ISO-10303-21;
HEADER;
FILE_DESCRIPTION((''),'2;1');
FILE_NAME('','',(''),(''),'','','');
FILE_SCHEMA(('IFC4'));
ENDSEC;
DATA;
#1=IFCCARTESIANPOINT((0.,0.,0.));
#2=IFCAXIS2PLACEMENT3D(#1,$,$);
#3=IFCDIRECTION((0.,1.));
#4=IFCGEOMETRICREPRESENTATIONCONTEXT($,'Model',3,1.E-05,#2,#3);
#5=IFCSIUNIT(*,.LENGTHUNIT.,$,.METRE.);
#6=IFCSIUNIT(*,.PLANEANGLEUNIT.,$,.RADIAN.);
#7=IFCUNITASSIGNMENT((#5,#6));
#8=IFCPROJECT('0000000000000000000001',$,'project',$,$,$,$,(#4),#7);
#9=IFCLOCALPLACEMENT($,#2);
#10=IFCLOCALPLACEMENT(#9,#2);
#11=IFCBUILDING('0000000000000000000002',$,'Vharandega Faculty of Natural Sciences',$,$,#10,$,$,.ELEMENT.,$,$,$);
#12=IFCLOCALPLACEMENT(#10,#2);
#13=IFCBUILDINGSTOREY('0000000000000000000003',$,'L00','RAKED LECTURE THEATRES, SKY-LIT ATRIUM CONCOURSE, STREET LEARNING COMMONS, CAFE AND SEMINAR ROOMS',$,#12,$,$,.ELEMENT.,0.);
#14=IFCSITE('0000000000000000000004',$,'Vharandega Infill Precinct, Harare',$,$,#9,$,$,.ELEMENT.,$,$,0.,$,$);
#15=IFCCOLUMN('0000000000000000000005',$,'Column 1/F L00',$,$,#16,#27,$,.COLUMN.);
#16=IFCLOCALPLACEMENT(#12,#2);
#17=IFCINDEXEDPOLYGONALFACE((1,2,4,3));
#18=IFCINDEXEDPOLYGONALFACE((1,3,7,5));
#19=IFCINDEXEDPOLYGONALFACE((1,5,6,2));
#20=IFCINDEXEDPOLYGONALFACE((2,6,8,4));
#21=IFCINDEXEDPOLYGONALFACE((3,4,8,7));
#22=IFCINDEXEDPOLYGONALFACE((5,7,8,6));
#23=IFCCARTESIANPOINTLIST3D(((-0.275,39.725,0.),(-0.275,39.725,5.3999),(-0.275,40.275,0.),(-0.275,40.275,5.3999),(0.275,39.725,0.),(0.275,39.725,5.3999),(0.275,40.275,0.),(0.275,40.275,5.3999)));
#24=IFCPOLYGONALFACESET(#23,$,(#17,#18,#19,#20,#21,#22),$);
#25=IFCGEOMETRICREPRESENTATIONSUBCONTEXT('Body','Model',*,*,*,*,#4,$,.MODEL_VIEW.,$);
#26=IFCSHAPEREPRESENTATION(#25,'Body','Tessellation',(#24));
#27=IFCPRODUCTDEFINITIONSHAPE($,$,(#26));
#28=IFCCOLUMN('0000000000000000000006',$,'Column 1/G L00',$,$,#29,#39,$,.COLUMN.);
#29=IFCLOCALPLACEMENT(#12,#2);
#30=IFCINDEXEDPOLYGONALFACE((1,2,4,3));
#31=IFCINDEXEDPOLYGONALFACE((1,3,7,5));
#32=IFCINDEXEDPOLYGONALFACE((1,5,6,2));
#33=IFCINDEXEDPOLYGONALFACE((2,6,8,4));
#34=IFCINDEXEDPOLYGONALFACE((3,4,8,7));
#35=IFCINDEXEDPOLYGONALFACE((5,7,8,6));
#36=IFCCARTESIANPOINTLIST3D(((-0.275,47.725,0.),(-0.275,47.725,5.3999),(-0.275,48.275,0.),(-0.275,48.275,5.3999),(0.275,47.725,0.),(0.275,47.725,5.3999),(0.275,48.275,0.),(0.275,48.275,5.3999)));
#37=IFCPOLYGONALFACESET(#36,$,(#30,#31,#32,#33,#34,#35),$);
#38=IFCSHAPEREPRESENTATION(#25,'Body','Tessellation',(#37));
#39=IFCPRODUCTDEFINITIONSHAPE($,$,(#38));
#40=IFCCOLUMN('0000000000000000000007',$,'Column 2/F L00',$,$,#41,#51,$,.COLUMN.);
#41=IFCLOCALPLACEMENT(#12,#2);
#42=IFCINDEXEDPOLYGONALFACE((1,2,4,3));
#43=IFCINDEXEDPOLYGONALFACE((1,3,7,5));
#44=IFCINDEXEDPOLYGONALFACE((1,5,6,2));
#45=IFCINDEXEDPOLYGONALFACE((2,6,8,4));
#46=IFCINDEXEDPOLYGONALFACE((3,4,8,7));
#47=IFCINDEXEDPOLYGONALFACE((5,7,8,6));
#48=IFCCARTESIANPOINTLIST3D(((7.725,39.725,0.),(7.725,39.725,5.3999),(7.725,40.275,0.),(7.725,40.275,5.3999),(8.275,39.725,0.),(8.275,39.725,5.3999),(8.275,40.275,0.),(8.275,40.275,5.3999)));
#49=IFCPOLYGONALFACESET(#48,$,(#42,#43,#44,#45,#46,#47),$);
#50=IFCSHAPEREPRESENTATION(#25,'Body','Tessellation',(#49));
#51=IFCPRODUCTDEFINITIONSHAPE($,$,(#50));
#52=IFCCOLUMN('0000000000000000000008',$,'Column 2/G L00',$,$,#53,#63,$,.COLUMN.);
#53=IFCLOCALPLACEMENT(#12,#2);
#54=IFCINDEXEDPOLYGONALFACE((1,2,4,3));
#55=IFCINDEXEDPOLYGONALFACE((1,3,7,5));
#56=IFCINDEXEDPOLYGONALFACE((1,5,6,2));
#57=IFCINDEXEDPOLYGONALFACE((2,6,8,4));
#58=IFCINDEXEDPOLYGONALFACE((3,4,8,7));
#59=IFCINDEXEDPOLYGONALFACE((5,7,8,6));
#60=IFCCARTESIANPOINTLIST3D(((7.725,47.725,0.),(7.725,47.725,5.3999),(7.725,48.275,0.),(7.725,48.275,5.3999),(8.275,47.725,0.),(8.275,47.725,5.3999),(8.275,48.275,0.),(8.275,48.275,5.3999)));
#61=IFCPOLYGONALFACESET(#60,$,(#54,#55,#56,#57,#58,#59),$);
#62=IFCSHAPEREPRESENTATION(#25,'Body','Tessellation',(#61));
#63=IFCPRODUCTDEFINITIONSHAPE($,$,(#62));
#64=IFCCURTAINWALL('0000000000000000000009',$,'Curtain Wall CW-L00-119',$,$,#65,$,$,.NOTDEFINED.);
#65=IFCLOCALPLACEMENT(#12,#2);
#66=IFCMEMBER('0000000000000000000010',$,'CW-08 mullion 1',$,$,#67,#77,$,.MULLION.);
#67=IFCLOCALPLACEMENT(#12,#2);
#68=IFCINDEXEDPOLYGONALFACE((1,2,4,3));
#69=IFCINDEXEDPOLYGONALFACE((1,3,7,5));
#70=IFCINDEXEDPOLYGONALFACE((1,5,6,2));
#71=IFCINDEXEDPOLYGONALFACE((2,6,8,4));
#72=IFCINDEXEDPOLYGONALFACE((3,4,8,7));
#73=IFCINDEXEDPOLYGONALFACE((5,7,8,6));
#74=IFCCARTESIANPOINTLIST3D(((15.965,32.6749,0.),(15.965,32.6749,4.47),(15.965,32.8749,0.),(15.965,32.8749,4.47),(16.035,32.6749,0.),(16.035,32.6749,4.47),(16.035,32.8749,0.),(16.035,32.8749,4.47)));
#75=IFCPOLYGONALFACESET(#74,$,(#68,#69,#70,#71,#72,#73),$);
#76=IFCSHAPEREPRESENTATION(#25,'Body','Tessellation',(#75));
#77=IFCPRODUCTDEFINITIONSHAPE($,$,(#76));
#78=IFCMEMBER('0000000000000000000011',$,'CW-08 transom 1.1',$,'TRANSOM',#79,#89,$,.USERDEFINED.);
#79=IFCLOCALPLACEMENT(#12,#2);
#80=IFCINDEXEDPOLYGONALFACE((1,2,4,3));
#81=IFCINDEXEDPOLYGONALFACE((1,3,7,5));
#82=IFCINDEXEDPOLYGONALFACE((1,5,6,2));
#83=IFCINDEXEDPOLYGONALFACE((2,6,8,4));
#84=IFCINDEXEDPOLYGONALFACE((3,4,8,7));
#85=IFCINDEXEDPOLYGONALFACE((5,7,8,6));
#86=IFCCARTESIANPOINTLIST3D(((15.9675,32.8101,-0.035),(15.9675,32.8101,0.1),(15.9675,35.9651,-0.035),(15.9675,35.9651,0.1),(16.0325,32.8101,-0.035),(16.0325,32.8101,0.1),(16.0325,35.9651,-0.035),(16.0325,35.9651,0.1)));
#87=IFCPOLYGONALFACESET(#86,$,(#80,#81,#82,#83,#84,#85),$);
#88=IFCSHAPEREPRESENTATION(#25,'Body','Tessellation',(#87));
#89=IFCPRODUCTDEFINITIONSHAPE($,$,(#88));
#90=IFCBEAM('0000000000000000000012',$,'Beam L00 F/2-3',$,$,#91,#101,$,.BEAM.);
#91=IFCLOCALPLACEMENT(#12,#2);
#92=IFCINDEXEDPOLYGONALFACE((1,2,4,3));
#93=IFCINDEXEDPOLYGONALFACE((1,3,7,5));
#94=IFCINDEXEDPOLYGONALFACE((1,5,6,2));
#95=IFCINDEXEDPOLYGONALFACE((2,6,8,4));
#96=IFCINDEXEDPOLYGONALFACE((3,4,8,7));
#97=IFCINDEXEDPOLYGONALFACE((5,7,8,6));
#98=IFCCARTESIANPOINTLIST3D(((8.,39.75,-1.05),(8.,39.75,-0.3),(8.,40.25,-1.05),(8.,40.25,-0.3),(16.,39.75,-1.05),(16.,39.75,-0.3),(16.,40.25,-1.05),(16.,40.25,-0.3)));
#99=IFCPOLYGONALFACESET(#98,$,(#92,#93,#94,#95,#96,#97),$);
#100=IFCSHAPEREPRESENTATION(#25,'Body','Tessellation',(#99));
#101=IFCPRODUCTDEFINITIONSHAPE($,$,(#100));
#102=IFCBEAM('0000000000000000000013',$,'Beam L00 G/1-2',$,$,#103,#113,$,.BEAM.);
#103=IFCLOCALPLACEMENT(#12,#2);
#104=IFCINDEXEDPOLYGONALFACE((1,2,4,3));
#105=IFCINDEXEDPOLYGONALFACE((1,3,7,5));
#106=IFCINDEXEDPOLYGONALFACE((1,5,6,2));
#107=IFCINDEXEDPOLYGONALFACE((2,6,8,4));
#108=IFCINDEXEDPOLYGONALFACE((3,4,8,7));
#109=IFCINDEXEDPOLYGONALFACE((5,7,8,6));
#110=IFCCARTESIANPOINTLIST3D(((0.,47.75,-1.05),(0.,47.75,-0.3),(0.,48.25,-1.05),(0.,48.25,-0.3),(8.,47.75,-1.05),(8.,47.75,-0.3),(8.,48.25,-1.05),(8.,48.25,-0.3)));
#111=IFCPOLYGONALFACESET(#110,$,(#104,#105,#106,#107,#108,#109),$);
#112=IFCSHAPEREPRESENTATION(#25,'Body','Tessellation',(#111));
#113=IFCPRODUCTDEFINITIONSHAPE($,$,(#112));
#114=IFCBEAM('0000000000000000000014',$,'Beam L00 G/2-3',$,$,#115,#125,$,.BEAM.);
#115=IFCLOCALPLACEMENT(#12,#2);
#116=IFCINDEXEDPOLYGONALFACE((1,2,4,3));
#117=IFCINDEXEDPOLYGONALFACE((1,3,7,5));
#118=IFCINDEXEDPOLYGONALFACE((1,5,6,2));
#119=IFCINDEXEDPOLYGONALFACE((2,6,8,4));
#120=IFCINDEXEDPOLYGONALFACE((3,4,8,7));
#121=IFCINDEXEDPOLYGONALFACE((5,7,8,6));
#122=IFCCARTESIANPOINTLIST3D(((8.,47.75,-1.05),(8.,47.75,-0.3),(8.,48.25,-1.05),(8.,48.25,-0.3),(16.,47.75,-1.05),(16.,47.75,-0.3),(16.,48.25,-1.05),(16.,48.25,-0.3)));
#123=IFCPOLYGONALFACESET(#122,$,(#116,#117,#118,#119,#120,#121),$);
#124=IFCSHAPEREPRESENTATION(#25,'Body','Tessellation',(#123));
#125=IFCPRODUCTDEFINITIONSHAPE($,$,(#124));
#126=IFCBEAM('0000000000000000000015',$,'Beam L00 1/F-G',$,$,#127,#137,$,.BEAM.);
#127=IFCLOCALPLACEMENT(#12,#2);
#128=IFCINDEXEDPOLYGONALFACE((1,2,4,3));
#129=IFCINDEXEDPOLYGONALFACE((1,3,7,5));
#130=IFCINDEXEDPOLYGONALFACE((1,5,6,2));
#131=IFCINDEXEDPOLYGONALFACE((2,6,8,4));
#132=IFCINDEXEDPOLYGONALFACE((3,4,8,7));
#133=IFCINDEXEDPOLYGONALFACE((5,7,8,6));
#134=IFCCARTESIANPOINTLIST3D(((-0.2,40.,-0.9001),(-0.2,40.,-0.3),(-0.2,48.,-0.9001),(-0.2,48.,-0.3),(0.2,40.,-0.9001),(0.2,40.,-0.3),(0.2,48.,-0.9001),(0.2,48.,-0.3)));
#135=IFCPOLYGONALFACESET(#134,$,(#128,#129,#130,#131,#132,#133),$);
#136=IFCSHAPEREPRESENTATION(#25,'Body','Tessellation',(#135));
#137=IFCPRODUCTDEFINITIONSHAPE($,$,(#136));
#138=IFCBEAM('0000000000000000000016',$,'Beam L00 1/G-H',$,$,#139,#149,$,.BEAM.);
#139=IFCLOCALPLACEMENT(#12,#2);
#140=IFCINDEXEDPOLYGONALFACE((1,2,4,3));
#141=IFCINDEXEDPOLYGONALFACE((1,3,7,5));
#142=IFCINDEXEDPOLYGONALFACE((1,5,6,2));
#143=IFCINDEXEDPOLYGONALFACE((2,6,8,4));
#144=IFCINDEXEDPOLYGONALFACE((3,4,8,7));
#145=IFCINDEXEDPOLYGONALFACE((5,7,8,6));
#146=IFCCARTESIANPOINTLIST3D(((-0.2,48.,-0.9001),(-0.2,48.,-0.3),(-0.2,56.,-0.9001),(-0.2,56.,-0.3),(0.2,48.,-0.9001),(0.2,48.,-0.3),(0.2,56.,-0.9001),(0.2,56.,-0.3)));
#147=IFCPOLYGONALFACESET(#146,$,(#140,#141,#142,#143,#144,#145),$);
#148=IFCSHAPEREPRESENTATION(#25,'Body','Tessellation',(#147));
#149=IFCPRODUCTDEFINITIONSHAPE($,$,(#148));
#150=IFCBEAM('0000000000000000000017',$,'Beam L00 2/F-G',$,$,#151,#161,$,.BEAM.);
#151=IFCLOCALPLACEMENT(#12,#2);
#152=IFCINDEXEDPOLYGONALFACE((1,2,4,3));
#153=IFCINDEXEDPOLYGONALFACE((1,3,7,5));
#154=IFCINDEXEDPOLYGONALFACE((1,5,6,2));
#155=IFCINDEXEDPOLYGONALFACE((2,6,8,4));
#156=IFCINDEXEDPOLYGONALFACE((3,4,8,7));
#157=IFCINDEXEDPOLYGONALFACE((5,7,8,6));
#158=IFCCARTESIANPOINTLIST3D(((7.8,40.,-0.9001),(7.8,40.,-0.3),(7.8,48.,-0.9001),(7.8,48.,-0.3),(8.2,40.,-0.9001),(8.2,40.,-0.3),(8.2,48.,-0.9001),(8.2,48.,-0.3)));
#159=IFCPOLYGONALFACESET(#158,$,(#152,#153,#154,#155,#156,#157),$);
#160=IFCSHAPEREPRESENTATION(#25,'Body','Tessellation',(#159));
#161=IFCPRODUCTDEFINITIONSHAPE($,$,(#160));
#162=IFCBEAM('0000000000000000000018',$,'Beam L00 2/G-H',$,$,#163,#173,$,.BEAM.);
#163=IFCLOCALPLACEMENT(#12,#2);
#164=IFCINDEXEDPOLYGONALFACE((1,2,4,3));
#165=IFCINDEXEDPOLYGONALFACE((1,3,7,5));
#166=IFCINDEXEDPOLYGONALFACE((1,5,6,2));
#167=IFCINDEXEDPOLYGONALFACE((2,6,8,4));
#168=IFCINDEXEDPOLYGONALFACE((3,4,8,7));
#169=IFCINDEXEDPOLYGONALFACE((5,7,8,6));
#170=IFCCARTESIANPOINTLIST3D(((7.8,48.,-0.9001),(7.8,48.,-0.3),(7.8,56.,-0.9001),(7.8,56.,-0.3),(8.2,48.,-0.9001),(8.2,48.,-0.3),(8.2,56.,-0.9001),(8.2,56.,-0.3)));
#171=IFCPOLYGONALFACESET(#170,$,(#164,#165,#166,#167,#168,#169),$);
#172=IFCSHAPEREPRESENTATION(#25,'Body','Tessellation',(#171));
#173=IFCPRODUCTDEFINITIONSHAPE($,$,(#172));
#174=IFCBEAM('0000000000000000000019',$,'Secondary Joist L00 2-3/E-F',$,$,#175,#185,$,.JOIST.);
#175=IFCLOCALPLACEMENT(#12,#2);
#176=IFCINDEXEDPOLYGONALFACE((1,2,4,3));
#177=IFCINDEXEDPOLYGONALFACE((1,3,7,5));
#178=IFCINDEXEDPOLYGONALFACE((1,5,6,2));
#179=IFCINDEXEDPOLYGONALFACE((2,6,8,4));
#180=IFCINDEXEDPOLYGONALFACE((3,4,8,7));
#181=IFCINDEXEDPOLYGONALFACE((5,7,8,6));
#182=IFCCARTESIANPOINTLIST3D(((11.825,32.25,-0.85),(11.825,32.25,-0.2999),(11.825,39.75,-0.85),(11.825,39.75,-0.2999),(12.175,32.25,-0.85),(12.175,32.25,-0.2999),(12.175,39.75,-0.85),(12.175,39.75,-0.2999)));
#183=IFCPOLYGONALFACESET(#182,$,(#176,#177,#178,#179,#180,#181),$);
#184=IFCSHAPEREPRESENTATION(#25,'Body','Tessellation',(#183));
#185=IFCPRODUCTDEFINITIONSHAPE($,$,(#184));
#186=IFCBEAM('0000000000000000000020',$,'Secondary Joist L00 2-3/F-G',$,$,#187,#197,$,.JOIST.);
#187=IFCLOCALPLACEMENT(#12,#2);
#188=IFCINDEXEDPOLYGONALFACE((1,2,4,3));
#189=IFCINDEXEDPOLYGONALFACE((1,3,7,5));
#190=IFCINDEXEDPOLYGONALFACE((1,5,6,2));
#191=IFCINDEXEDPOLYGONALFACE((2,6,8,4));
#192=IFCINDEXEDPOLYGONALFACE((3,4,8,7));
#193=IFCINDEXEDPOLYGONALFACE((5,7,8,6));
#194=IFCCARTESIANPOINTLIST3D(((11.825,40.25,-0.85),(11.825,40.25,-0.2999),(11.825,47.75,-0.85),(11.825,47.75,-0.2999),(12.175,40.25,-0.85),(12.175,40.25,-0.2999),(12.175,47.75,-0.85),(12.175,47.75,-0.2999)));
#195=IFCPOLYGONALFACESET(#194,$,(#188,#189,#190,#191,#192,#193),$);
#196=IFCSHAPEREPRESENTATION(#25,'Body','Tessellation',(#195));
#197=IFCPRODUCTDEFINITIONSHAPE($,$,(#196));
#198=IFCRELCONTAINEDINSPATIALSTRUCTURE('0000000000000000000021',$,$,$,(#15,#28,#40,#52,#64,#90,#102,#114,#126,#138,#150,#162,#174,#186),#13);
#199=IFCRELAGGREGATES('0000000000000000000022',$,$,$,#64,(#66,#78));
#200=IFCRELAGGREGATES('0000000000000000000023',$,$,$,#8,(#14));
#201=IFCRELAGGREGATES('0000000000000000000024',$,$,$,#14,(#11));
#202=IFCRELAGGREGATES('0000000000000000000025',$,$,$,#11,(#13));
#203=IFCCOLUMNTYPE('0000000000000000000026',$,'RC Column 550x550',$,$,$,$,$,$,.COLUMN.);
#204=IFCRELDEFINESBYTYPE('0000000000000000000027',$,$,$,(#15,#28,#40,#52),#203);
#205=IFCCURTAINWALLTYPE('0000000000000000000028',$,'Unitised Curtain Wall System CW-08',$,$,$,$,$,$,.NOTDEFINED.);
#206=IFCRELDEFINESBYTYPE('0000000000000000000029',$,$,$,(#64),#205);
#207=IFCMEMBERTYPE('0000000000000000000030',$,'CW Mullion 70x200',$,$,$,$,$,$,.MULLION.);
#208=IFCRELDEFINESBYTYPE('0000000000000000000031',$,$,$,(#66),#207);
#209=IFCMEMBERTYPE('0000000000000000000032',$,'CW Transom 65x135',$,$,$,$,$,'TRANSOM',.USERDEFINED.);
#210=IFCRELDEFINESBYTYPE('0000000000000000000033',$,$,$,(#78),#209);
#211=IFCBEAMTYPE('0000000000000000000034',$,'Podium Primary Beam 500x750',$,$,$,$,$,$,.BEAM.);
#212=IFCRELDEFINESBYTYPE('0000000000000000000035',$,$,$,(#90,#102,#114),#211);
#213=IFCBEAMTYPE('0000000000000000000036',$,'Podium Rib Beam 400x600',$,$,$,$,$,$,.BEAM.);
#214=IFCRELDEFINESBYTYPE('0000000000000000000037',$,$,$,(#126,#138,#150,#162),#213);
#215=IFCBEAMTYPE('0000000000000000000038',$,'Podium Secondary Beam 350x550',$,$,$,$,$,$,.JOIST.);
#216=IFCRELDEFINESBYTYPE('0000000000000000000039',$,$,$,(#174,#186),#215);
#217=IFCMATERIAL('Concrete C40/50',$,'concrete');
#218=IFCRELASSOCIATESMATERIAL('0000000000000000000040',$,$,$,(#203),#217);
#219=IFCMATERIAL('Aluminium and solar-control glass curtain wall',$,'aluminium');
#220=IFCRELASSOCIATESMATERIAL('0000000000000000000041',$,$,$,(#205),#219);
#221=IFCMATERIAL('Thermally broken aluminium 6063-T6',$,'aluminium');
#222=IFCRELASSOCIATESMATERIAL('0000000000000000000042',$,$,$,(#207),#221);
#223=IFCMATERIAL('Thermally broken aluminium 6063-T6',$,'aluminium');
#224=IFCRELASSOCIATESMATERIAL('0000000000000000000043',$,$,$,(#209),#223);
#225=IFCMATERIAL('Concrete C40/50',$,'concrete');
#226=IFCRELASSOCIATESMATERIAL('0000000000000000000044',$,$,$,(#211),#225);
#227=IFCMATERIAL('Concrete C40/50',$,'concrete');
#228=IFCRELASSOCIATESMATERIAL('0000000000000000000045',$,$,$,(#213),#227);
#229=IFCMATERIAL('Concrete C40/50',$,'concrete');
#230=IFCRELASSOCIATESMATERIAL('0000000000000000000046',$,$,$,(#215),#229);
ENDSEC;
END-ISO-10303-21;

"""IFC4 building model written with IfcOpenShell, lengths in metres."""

from ifc_helpers import new_model, si_unit, direction, frame, origin, origin_2d, place, context, subcontext, project, spatial, rectangle, extrude, material, material_profile, profile_set, type_object, element, aggregate, save


model = new_model("IFC4")

# Units and contexts
model_context = context("Model", 3, precision=1e-05, world=origin(), true_north=direction((0.0, 1.0)))
body_context = subcontext(model_context, "Body", "Model", "MODEL_VIEW")
ifc_project = project(units=[si_unit("LENGTHUNIT", "METRE"), si_unit("PLANEANGLEUNIT", "RADIAN")], contexts=[model_context])

# Site, building, storey
site_placement = place(None, origin())
site = spatial("IfcSite", under=ifc_project, at=site_placement, Name="Vharandega Infill Precinct, Harare", CompositionType="ELEMENT", RefElevation=0.0)
building_placement = place(site_placement, origin())
building = spatial("IfcBuilding", under=site, at=building_placement, Name="Vharandega Faculty of Natural Sciences", CompositionType="ELEMENT")
storey_placement = place(building_placement, origin())
storey = spatial("IfcBuildingStorey", under=building, at=storey_placement, Name="L00", Description="RAKED LECTURE THEATRES, SKY-LIT ATRIUM CONCOURSE, STREET LEARNING COMMONS, CAFE AND SEMINAR ROOMS", CompositionType="ELEMENT", Elevation=0.0)

# Columns
ifc_material_1 = material(Name="Concrete C40/50", Category="concrete")
ifc_material_profile_1 = material_profile(ifc_material_1, rectangle(XDim=0.55, YDim=0.55, at=origin_2d()), Name="RC 550x550")
ifc_profile_set_1 = profile_set([ifc_material_profile_1], Name="Concrete C40/50")
column_type = type_object("IfcColumnType", Name="RC Column 550x550", PredefinedType="COLUMN", material=ifc_profile_set_1)
for number, where, z_axis, x_axis, name in (
    (1, (0.0, 40.0, 0.0), (0.0, 0.0, 1.0), (1.0, 0.0, 0.0), "Column 1/F L00"),
    (2, (0.0, 48.0, 0.0), (0.0, 0.0, 1.0), (1.0, 0.0, 0.0), "Column 1/G L00"),
    (3, (8.0, 40.0, 0.0), (0.0, 0.0, 1.0), (1.0, 0.0, 0.0), "Column 2/F L00"),
    (4, (8.0, 48.0, 0.0), (0.0, 0.0, 1.0), (1.0, 0.0, 0.0), "Column 2/G L00"),
):
    element("IfcColumn", number, at=place(storey_placement, frame(where, z_axis=z_axis, x_axis=x_axis)), inside=storey, type_object=column_type, Name=name, PredefinedType="COLUMN", context=body_context, shape_type="SweptSolid", body=[
        extrude(rectangle(XDim=0.55, YDim=0.55, at=origin_2d()), origin(), (0.0, 0.0, 1.0), 5.3999),
    ])

# Curtain wall, members
ifc_material_2 = material(Name="Aluminium and solar-control glass curtain wall", Category="aluminium")
curtain_wall_type = type_object("IfcCurtainWallType", Name="Unitised Curtain Wall System CW-08", PredefinedType="NOTDEFINED", material=ifc_material_2)
curtain_wall_placement = place(storey_placement, origin())
curtain_wall = element("IfcCurtainWall", 5, at=curtain_wall_placement, inside=storey, type_object=curtain_wall_type, Name="Curtain Wall CW-L00-119", PredefinedType="NOTDEFINED")
ifc_material_3 = material(Name="Thermally broken aluminium 6063-T6", Category="aluminium")
ifc_material_profile_2 = material_profile(ifc_material_3, rectangle(XDim=0.0701, YDim=0.2, at=origin_2d()), Name="ALU 70x200")
ifc_profile_set_2 = profile_set([ifc_material_profile_2], Name="Thermally broken aluminium 6063-T6")
member_type_1 = type_object("IfcMemberType", Name="CW Mullion 70x200", PredefinedType="MULLION", material=ifc_profile_set_2)
member_1_placement = place(storey_placement, frame((16.0, 32.7749, 0.0), z_axis=(0.0, 0.0, 1.0), x_axis=(-1.0, 0.0, 0.0)))
member_1 = element("IfcMember", 6, at=member_1_placement, type_object=member_type_1, Name="CW-08 mullion 1", PredefinedType="MULLION", context=body_context, shape_type="SweptSolid", body=[
    extrude(rectangle(XDim=0.0701, YDim=0.2, at=origin_2d()), origin(), (0.0, 0.0, 1.0), 4.47),
])
ifc_material_4 = material(Name="Thermally broken aluminium 6063-T6", Category="aluminium")
ifc_material_profile_3 = material_profile(ifc_material_4, rectangle(XDim=0.0649, YDim=0.135, at=origin_2d()), Name="ALU 65x135")
ifc_profile_set_3 = profile_set([ifc_material_profile_3], Name="Thermally broken aluminium 6063-T6")
member_type_2 = type_object("IfcMemberType", Name="CW Transom 65x135", ElementType="TRANSOM", PredefinedType="USERDEFINED", material=ifc_profile_set_3)
member_2_placement = place(storey_placement, frame((16.0, 32.8101, 0.0325), z_axis=(0.0, 1.0, 0.0), x_axis=(-1.0, 0.0, 0.0)))
member_2 = element("IfcMember", 7, at=member_2_placement, type_object=member_type_2, Name="CW-08 transom 1.1", ObjectType="TRANSOM", PredefinedType="USERDEFINED", context=body_context, shape_type="SweptSolid", body=[
    extrude(rectangle(XDim=0.0649, YDim=0.135, at=origin_2d()), origin(), (0.0, 0.0, 1.0), 3.155),
])
aggregate(curtain_wall, [member_1, member_2])

# Beams
ifc_material_5 = material(Name="Concrete C40/50", Category="concrete")
ifc_material_profile_4 = material_profile(ifc_material_5, rectangle(XDim=0.5, YDim=0.75, at=origin_2d()), Name="RC 500x750")
ifc_profile_set_4 = profile_set([ifc_material_profile_4], Name="Concrete C40/50")
beam_type_1 = type_object("IfcBeamType", Name="Podium Primary Beam 500x750", PredefinedType="BEAM", material=ifc_profile_set_4)
for number, where, z_axis, x_axis, name in (
    (8, (8.0, 40.0, -0.675), (1.0, 0.0, 0.0), (0.0, 1.0, 0.0), "Beam L00 F/2-3"),
    (9, (0.0, 48.0, -0.675), (1.0, 0.0, 0.0), (0.0, 1.0, 0.0), "Beam L00 G/1-2"),
    (10, (8.0, 48.0, -0.675), (1.0, 0.0, 0.0), (0.0, 1.0, 0.0), "Beam L00 G/2-3"),
):
    element("IfcBeam", number, at=place(storey_placement, frame(where, z_axis=z_axis, x_axis=x_axis)), inside=storey, type_object=beam_type_1, Name=name, PredefinedType="BEAM", context=body_context, shape_type="SweptSolid", body=[
        extrude(rectangle(XDim=0.5, YDim=0.75, at=origin_2d()), origin(), (0.0, 0.0, 1.0), 8.0),
    ])
ifc_material_6 = material(Name="Concrete C40/50", Category="concrete")
ifc_material_profile_5 = material_profile(ifc_material_6, rectangle(XDim=0.3999, YDim=0.6001, at=origin_2d()), Name="RC 400x600")
ifc_profile_set_5 = profile_set([ifc_material_profile_5], Name="Concrete C40/50")
beam_type_2 = type_object("IfcBeamType", Name="Podium Rib Beam 400x600", PredefinedType="BEAM", material=ifc_profile_set_5)
for number, where, z_axis, x_axis, name in (
    (11, (0.0, 40.0, -0.6001), (0.0, 1.0, 0.0), (-1.0, 0.0, 0.0), "Beam L00 1/F-G"),
    (12, (0.0, 48.0, -0.6001), (0.0, 1.0, 0.0), (-1.0, 0.0, 0.0), "Beam L00 1/G-H"),
    (13, (8.0, 40.0, -0.6001), (0.0, 1.0, 0.0), (-1.0, 0.0, 0.0), "Beam L00 2/F-G"),
    (14, (8.0, 48.0, -0.6001), (0.0, 1.0, 0.0), (-1.0, 0.0, 0.0), "Beam L00 2/G-H"),
):
    element("IfcBeam", number, at=place(storey_placement, frame(where, z_axis=z_axis, x_axis=x_axis)), inside=storey, type_object=beam_type_2, Name=name, PredefinedType="BEAM", context=body_context, shape_type="SweptSolid", body=[
        extrude(rectangle(XDim=0.3999, YDim=0.6001, at=origin_2d()), origin(), (0.0, 0.0, 1.0), 8.0),
    ])
ifc_material_7 = material(Name="Concrete C40/50", Category="concrete")
ifc_material_profile_6 = material_profile(ifc_material_7, rectangle(XDim=0.3501, YDim=0.55, at=origin_2d()), Name="RC 350x550")
ifc_profile_set_6 = profile_set([ifc_material_profile_6], Name="Concrete C40/50")
beam_type_3 = type_object("IfcBeamType", Name="Podium Secondary Beam 350x550", PredefinedType="JOIST", material=ifc_profile_set_6)
for number, where, z_axis, x_axis, name in (
    (15, (12.0, 32.25, -0.575), (0.0, 1.0, 0.0), (-1.0, 0.0, 0.0), "Secondary Joist L00 2-3/E-F"),
    (16, (12.0, 40.25, -0.575), (0.0, 1.0, 0.0), (-1.0, 0.0, 0.0), "Secondary Joist L00 2-3/F-G"),
):
    element("IfcBeam", number, at=place(storey_placement, frame(where, z_axis=z_axis, x_axis=x_axis)), inside=storey, type_object=beam_type_3, Name=name, PredefinedType="JOIST", context=body_context, shape_type="SweptSolid", body=[
        extrude(rectangle(XDim=0.3501, YDim=0.55, at=origin_2d()), origin(), (0.0, 0.0, 1.0), 7.5),
    ])

save(model, "model.ifc")
